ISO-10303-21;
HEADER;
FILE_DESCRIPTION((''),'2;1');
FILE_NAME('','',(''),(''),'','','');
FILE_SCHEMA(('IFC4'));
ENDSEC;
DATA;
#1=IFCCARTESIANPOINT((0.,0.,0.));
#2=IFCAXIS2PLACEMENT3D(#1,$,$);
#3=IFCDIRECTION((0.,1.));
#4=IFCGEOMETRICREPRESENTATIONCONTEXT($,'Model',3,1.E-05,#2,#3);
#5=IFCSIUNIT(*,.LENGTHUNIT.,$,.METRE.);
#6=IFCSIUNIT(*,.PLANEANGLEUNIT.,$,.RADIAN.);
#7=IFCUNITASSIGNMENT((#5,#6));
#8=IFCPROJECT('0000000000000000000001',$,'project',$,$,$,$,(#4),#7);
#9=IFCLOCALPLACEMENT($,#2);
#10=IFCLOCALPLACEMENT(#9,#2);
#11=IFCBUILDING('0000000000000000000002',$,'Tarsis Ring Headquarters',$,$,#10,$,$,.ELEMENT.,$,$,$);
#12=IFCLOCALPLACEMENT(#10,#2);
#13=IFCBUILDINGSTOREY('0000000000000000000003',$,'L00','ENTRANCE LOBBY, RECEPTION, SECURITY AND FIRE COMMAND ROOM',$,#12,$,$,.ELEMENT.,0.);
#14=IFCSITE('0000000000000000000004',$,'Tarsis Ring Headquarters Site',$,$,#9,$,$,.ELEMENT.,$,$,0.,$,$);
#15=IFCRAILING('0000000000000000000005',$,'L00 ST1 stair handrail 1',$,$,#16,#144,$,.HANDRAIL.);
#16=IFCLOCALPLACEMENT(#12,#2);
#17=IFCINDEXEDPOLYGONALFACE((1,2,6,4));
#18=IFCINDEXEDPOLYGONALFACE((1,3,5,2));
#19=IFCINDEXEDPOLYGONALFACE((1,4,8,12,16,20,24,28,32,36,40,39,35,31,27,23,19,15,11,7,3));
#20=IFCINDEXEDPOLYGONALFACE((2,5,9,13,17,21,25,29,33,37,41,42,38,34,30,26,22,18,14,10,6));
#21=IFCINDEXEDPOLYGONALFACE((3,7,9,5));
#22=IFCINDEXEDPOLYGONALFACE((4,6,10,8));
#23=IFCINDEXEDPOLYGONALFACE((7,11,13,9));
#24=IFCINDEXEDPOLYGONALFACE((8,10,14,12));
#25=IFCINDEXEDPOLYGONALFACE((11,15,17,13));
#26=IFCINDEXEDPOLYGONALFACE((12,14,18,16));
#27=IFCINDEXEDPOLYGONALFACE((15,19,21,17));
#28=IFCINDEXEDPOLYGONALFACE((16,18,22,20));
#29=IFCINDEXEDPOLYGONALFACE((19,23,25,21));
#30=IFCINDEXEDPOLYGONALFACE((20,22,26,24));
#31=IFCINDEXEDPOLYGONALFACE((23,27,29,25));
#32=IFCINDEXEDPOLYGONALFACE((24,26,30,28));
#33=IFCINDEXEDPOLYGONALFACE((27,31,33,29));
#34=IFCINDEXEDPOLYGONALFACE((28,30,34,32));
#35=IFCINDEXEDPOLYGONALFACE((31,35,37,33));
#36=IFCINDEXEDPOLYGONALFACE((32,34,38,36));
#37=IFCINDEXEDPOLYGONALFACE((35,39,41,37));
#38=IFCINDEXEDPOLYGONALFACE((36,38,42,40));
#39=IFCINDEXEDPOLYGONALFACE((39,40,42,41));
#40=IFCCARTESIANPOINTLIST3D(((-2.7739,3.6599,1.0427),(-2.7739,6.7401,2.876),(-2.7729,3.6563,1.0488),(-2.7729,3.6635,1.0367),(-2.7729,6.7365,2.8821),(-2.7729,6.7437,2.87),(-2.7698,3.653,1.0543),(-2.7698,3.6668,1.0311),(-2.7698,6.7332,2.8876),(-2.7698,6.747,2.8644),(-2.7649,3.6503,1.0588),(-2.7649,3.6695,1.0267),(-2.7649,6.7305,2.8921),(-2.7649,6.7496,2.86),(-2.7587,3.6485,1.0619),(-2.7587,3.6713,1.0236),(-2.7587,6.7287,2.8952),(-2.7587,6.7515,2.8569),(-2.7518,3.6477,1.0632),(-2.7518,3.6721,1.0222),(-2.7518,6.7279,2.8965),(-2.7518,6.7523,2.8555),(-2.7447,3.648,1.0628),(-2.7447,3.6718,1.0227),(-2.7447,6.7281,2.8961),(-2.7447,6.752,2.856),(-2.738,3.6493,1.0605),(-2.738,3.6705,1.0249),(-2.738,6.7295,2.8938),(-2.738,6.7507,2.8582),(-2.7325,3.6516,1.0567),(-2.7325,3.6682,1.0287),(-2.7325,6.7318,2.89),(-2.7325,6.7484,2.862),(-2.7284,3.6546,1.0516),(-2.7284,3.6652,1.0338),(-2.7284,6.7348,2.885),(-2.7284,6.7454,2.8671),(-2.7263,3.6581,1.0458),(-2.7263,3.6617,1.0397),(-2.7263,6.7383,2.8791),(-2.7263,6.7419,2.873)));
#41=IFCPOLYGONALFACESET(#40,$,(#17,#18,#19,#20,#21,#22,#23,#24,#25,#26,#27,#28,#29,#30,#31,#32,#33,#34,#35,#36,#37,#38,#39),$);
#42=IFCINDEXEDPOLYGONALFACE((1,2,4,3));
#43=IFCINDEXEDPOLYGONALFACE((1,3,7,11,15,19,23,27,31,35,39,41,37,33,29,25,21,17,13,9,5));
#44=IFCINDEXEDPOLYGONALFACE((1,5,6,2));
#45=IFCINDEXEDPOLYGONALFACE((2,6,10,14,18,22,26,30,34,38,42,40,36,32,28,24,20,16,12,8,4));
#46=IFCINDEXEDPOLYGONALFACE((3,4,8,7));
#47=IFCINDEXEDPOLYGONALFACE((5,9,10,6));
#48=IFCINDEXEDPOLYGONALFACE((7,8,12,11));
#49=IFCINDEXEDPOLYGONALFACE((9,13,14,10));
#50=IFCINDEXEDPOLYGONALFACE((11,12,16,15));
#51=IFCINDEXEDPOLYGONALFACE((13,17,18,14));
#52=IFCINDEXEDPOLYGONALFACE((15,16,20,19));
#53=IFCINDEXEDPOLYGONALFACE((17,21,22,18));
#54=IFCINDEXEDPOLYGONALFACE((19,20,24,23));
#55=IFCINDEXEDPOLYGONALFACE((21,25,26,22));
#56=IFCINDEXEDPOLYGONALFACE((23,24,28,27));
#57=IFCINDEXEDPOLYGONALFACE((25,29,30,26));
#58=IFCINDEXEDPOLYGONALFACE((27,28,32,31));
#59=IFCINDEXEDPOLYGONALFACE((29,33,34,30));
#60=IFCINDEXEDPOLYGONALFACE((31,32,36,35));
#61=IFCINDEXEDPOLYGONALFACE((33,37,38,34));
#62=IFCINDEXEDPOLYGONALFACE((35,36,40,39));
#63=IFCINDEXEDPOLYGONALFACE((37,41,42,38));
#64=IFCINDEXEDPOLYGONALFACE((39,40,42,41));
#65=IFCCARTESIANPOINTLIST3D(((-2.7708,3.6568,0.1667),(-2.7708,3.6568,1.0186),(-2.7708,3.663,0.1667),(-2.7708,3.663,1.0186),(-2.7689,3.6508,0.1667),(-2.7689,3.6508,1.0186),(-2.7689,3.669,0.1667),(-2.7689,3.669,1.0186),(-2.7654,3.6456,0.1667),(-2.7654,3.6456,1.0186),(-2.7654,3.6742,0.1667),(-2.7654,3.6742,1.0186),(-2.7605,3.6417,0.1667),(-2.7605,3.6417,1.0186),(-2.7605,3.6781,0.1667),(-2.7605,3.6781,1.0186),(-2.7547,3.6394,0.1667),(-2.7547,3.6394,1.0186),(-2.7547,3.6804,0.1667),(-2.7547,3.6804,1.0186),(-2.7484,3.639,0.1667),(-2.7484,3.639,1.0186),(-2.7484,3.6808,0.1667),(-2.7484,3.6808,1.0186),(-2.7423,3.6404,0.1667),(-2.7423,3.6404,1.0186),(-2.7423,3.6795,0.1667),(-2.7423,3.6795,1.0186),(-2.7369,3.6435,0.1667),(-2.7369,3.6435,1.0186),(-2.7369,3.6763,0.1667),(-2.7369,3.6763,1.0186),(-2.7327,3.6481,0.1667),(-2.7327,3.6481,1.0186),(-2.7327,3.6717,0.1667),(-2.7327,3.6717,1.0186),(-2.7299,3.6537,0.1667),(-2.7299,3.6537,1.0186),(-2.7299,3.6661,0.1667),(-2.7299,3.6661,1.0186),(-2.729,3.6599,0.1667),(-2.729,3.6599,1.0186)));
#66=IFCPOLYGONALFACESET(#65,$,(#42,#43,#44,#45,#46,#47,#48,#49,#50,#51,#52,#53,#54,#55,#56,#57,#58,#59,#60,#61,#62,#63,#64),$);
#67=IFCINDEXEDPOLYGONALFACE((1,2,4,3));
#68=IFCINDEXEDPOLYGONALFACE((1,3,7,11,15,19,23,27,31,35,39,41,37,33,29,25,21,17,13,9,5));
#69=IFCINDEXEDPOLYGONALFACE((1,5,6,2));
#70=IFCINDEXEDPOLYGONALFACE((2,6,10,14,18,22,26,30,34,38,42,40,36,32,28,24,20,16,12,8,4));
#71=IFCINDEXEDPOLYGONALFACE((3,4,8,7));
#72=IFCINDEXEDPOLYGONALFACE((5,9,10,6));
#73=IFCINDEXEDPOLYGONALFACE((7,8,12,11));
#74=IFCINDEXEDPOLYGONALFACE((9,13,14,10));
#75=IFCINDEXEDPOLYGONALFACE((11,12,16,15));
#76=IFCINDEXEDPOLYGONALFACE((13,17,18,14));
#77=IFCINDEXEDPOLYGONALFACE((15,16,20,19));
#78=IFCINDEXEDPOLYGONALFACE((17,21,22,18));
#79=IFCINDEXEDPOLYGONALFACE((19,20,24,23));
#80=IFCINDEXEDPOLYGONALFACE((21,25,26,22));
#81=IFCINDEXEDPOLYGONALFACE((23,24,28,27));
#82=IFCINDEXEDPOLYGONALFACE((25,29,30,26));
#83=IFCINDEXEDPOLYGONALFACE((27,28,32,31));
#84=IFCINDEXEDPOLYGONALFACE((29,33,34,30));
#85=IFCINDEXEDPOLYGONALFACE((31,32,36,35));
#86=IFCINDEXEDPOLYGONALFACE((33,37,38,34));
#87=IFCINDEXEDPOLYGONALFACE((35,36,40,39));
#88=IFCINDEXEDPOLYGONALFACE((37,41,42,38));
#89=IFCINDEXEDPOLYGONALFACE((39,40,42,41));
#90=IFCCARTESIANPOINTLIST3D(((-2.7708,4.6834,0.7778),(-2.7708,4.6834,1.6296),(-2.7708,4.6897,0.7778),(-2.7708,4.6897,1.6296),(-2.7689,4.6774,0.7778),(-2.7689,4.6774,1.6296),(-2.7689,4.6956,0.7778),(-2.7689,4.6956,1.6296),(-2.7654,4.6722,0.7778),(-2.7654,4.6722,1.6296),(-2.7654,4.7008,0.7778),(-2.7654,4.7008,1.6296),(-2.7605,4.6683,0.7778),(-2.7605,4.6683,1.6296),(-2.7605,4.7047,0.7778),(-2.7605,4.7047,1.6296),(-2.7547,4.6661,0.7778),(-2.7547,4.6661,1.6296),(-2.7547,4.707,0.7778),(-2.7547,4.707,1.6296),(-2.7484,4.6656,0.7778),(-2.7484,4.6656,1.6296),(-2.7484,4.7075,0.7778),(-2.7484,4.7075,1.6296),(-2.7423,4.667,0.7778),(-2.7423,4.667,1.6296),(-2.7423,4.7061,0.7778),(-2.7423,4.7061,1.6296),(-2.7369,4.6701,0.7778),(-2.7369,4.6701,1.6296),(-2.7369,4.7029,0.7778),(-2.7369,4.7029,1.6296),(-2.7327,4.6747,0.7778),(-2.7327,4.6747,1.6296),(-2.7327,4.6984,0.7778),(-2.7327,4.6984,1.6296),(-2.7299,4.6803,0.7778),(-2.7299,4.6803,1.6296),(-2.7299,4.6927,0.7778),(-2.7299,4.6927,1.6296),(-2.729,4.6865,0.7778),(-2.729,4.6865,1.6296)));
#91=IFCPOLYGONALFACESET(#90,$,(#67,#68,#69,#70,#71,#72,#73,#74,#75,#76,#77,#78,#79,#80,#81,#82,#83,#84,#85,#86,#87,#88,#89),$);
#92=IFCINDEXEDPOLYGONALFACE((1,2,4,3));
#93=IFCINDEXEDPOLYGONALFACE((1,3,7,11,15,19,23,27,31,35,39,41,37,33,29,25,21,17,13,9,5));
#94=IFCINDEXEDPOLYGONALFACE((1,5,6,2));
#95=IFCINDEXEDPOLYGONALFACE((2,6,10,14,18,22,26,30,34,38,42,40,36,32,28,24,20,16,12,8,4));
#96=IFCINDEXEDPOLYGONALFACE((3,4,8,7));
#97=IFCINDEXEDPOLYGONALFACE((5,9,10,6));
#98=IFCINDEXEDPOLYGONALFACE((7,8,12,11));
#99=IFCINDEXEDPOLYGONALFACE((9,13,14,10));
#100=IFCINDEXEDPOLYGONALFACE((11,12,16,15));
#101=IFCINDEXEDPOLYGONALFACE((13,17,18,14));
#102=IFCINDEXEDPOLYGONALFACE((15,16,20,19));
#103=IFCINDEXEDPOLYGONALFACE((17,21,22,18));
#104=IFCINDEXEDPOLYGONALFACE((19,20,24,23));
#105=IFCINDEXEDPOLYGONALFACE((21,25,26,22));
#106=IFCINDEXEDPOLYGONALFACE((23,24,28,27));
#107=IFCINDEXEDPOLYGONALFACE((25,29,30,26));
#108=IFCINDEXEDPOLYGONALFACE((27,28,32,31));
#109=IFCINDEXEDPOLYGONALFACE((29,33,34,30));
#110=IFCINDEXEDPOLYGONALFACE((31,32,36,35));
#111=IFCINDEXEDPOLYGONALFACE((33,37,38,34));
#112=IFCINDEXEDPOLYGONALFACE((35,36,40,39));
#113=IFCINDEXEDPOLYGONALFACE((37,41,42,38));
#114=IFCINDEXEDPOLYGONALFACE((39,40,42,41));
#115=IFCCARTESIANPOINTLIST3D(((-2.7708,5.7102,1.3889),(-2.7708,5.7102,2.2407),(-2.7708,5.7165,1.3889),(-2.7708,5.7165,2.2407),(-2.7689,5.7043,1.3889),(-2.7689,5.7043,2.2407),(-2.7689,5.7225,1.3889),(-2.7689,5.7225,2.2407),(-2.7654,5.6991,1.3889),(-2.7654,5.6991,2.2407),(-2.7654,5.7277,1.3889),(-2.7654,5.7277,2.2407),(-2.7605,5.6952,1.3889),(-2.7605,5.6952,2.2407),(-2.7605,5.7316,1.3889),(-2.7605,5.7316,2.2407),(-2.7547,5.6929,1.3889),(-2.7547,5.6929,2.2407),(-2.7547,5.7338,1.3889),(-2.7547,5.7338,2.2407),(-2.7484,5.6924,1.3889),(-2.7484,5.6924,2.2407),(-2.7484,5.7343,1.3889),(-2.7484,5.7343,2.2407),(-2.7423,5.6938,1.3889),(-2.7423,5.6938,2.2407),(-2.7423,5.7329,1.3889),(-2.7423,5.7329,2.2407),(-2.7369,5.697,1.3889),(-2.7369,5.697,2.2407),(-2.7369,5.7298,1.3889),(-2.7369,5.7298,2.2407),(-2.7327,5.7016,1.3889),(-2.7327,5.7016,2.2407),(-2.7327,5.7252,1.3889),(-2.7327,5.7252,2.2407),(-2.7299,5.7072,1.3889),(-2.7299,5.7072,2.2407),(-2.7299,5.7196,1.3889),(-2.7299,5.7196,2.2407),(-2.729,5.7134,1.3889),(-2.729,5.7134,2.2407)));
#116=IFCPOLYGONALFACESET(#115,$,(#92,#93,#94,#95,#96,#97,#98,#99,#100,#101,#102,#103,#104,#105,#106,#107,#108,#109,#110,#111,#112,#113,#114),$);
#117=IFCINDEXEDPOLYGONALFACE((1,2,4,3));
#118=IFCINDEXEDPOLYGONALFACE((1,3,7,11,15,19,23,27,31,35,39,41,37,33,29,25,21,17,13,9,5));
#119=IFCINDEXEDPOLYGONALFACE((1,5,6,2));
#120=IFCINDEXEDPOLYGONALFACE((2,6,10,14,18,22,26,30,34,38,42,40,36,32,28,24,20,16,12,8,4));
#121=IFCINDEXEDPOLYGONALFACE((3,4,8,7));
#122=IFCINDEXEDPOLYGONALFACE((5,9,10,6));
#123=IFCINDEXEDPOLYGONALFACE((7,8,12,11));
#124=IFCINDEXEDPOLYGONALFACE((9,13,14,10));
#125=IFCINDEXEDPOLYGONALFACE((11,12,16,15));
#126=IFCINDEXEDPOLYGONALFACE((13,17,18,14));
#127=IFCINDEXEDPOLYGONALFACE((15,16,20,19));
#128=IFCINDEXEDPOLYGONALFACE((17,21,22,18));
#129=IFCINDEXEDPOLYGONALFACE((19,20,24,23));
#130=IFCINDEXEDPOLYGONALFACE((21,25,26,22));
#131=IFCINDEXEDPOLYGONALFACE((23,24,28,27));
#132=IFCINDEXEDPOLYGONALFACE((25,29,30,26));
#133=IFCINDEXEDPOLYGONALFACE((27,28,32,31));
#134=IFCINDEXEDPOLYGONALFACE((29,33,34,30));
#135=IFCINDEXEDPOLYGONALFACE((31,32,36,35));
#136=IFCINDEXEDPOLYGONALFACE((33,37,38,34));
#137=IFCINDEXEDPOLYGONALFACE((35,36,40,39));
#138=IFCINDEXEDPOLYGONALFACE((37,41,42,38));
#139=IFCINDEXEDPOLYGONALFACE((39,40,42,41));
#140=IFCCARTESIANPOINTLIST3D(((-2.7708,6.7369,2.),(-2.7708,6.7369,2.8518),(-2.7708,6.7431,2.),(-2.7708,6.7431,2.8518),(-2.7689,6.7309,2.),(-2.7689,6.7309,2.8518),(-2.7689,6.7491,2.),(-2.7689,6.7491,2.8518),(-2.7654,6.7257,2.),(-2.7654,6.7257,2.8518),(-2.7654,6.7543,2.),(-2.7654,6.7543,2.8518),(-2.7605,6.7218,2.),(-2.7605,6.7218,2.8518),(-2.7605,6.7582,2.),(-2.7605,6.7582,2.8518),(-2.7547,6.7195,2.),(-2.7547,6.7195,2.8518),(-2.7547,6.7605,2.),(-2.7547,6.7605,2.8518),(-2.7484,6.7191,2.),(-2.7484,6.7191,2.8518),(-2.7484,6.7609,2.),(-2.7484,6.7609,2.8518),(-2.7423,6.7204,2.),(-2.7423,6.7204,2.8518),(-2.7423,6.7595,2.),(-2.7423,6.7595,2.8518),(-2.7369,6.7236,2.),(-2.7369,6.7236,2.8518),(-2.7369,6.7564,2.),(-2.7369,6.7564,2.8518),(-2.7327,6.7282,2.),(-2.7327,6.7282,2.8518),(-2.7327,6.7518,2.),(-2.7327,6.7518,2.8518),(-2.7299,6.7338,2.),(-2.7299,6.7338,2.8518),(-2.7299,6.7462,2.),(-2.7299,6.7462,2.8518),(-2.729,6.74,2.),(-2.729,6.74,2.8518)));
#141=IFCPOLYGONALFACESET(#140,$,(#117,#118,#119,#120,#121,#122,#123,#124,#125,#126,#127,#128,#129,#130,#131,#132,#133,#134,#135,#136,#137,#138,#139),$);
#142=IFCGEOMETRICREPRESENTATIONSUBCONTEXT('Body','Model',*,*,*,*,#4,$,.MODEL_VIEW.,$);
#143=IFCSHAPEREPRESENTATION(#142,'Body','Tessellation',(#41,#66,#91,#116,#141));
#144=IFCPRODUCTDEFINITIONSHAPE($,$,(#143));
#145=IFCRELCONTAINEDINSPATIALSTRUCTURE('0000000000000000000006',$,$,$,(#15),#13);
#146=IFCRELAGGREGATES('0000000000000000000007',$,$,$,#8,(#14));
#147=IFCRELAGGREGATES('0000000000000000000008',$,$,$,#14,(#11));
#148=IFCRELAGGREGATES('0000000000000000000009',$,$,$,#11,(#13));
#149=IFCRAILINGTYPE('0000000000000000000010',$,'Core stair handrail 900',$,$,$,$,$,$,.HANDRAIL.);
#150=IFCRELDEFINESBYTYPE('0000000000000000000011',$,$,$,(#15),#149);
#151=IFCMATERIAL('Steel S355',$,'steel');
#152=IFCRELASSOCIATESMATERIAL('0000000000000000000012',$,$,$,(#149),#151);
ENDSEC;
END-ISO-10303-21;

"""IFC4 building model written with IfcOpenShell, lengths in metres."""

from ifc_helpers import new_model, si_unit, direction, frame, origin, origin_2d, place, context, subcontext, project, spatial, circle, extrude, material, type_object, element, save


model = new_model("IFC4")

# Units and contexts
model_context = context("Model", 3, precision=1e-05, world=origin(), true_north=direction((0.0, 1.0)))
body_context = subcontext(model_context, "Body", "Model", "MODEL_VIEW")
ifc_project = project(units=[si_unit("LENGTHUNIT", "METRE"), si_unit("PLANEANGLEUNIT", "RADIAN")], contexts=[model_context])

# Site, building, storey
site_placement = place(None, origin())
site = spatial("IfcSite", under=ifc_project, at=site_placement, Name="Tarsis Ring Headquarters Site", CompositionType="ELEMENT", RefElevation=0.0)
building_placement = place(site_placement, origin())
building = spatial("IfcBuilding", under=site, at=building_placement, Name="Tarsis Ring Headquarters", CompositionType="ELEMENT")
storey_placement = place(building_placement, origin())
storey = spatial("IfcBuildingStorey", under=building, at=storey_placement, Name="L00", Description="ENTRANCE LOBBY, RECEPTION, SECURITY AND FIRE COMMAND ROOM", CompositionType="ELEMENT", Elevation=0.0)

# Railing
ifc_material = material(Name="Steel S355", Category="steel")
railing_type_1 = type_object("IfcRailingType", Name="Core stair handrail 900", PredefinedType="HANDRAIL", material=ifc_material)
for number, where, name in (
    (1, (-2.75, 3.6599, 0.1667), "L00 ST1 stair handrail 1"),
):
    element("IfcRailing", number, at=place(storey_placement, frame(where)), inside=storey, type_object=railing_type_1, Name=name, PredefinedType="HANDRAIL", context=body_context, shape_type="SweptSolid", body=[
        extrude(circle(Radius=0.0239, at=origin_2d()), frame((0.0, 0.0, 0.876), z_axis=(0.0, 0.859309, 0.511458), x_axis=(-1.0, 0.0, 0.0)), (0.0, 0.0, 1.0), 3.5845),
        extrude(circle(Radius=0.021, at=origin_2d()), origin(), (0.0, 0.0, 1.0), 0.8518),
        extrude(circle(Radius=0.021, at=origin_2d()), frame((0.0, 1.0266, 0.6111)), (0.0, 0.0, 1.0), 0.8518),
        extrude(circle(Radius=0.021, at=origin_2d()), frame((0.0, 2.0535, 1.2222)), (0.0, 0.0, 1.0), 0.8518),
        extrude(circle(Radius=0.021, at=origin_2d()), frame((0.0, 3.0801, 1.8333)), (0.0, 0.0, 1.0), 0.8518),
    ])

save(model, "model.ifc")
